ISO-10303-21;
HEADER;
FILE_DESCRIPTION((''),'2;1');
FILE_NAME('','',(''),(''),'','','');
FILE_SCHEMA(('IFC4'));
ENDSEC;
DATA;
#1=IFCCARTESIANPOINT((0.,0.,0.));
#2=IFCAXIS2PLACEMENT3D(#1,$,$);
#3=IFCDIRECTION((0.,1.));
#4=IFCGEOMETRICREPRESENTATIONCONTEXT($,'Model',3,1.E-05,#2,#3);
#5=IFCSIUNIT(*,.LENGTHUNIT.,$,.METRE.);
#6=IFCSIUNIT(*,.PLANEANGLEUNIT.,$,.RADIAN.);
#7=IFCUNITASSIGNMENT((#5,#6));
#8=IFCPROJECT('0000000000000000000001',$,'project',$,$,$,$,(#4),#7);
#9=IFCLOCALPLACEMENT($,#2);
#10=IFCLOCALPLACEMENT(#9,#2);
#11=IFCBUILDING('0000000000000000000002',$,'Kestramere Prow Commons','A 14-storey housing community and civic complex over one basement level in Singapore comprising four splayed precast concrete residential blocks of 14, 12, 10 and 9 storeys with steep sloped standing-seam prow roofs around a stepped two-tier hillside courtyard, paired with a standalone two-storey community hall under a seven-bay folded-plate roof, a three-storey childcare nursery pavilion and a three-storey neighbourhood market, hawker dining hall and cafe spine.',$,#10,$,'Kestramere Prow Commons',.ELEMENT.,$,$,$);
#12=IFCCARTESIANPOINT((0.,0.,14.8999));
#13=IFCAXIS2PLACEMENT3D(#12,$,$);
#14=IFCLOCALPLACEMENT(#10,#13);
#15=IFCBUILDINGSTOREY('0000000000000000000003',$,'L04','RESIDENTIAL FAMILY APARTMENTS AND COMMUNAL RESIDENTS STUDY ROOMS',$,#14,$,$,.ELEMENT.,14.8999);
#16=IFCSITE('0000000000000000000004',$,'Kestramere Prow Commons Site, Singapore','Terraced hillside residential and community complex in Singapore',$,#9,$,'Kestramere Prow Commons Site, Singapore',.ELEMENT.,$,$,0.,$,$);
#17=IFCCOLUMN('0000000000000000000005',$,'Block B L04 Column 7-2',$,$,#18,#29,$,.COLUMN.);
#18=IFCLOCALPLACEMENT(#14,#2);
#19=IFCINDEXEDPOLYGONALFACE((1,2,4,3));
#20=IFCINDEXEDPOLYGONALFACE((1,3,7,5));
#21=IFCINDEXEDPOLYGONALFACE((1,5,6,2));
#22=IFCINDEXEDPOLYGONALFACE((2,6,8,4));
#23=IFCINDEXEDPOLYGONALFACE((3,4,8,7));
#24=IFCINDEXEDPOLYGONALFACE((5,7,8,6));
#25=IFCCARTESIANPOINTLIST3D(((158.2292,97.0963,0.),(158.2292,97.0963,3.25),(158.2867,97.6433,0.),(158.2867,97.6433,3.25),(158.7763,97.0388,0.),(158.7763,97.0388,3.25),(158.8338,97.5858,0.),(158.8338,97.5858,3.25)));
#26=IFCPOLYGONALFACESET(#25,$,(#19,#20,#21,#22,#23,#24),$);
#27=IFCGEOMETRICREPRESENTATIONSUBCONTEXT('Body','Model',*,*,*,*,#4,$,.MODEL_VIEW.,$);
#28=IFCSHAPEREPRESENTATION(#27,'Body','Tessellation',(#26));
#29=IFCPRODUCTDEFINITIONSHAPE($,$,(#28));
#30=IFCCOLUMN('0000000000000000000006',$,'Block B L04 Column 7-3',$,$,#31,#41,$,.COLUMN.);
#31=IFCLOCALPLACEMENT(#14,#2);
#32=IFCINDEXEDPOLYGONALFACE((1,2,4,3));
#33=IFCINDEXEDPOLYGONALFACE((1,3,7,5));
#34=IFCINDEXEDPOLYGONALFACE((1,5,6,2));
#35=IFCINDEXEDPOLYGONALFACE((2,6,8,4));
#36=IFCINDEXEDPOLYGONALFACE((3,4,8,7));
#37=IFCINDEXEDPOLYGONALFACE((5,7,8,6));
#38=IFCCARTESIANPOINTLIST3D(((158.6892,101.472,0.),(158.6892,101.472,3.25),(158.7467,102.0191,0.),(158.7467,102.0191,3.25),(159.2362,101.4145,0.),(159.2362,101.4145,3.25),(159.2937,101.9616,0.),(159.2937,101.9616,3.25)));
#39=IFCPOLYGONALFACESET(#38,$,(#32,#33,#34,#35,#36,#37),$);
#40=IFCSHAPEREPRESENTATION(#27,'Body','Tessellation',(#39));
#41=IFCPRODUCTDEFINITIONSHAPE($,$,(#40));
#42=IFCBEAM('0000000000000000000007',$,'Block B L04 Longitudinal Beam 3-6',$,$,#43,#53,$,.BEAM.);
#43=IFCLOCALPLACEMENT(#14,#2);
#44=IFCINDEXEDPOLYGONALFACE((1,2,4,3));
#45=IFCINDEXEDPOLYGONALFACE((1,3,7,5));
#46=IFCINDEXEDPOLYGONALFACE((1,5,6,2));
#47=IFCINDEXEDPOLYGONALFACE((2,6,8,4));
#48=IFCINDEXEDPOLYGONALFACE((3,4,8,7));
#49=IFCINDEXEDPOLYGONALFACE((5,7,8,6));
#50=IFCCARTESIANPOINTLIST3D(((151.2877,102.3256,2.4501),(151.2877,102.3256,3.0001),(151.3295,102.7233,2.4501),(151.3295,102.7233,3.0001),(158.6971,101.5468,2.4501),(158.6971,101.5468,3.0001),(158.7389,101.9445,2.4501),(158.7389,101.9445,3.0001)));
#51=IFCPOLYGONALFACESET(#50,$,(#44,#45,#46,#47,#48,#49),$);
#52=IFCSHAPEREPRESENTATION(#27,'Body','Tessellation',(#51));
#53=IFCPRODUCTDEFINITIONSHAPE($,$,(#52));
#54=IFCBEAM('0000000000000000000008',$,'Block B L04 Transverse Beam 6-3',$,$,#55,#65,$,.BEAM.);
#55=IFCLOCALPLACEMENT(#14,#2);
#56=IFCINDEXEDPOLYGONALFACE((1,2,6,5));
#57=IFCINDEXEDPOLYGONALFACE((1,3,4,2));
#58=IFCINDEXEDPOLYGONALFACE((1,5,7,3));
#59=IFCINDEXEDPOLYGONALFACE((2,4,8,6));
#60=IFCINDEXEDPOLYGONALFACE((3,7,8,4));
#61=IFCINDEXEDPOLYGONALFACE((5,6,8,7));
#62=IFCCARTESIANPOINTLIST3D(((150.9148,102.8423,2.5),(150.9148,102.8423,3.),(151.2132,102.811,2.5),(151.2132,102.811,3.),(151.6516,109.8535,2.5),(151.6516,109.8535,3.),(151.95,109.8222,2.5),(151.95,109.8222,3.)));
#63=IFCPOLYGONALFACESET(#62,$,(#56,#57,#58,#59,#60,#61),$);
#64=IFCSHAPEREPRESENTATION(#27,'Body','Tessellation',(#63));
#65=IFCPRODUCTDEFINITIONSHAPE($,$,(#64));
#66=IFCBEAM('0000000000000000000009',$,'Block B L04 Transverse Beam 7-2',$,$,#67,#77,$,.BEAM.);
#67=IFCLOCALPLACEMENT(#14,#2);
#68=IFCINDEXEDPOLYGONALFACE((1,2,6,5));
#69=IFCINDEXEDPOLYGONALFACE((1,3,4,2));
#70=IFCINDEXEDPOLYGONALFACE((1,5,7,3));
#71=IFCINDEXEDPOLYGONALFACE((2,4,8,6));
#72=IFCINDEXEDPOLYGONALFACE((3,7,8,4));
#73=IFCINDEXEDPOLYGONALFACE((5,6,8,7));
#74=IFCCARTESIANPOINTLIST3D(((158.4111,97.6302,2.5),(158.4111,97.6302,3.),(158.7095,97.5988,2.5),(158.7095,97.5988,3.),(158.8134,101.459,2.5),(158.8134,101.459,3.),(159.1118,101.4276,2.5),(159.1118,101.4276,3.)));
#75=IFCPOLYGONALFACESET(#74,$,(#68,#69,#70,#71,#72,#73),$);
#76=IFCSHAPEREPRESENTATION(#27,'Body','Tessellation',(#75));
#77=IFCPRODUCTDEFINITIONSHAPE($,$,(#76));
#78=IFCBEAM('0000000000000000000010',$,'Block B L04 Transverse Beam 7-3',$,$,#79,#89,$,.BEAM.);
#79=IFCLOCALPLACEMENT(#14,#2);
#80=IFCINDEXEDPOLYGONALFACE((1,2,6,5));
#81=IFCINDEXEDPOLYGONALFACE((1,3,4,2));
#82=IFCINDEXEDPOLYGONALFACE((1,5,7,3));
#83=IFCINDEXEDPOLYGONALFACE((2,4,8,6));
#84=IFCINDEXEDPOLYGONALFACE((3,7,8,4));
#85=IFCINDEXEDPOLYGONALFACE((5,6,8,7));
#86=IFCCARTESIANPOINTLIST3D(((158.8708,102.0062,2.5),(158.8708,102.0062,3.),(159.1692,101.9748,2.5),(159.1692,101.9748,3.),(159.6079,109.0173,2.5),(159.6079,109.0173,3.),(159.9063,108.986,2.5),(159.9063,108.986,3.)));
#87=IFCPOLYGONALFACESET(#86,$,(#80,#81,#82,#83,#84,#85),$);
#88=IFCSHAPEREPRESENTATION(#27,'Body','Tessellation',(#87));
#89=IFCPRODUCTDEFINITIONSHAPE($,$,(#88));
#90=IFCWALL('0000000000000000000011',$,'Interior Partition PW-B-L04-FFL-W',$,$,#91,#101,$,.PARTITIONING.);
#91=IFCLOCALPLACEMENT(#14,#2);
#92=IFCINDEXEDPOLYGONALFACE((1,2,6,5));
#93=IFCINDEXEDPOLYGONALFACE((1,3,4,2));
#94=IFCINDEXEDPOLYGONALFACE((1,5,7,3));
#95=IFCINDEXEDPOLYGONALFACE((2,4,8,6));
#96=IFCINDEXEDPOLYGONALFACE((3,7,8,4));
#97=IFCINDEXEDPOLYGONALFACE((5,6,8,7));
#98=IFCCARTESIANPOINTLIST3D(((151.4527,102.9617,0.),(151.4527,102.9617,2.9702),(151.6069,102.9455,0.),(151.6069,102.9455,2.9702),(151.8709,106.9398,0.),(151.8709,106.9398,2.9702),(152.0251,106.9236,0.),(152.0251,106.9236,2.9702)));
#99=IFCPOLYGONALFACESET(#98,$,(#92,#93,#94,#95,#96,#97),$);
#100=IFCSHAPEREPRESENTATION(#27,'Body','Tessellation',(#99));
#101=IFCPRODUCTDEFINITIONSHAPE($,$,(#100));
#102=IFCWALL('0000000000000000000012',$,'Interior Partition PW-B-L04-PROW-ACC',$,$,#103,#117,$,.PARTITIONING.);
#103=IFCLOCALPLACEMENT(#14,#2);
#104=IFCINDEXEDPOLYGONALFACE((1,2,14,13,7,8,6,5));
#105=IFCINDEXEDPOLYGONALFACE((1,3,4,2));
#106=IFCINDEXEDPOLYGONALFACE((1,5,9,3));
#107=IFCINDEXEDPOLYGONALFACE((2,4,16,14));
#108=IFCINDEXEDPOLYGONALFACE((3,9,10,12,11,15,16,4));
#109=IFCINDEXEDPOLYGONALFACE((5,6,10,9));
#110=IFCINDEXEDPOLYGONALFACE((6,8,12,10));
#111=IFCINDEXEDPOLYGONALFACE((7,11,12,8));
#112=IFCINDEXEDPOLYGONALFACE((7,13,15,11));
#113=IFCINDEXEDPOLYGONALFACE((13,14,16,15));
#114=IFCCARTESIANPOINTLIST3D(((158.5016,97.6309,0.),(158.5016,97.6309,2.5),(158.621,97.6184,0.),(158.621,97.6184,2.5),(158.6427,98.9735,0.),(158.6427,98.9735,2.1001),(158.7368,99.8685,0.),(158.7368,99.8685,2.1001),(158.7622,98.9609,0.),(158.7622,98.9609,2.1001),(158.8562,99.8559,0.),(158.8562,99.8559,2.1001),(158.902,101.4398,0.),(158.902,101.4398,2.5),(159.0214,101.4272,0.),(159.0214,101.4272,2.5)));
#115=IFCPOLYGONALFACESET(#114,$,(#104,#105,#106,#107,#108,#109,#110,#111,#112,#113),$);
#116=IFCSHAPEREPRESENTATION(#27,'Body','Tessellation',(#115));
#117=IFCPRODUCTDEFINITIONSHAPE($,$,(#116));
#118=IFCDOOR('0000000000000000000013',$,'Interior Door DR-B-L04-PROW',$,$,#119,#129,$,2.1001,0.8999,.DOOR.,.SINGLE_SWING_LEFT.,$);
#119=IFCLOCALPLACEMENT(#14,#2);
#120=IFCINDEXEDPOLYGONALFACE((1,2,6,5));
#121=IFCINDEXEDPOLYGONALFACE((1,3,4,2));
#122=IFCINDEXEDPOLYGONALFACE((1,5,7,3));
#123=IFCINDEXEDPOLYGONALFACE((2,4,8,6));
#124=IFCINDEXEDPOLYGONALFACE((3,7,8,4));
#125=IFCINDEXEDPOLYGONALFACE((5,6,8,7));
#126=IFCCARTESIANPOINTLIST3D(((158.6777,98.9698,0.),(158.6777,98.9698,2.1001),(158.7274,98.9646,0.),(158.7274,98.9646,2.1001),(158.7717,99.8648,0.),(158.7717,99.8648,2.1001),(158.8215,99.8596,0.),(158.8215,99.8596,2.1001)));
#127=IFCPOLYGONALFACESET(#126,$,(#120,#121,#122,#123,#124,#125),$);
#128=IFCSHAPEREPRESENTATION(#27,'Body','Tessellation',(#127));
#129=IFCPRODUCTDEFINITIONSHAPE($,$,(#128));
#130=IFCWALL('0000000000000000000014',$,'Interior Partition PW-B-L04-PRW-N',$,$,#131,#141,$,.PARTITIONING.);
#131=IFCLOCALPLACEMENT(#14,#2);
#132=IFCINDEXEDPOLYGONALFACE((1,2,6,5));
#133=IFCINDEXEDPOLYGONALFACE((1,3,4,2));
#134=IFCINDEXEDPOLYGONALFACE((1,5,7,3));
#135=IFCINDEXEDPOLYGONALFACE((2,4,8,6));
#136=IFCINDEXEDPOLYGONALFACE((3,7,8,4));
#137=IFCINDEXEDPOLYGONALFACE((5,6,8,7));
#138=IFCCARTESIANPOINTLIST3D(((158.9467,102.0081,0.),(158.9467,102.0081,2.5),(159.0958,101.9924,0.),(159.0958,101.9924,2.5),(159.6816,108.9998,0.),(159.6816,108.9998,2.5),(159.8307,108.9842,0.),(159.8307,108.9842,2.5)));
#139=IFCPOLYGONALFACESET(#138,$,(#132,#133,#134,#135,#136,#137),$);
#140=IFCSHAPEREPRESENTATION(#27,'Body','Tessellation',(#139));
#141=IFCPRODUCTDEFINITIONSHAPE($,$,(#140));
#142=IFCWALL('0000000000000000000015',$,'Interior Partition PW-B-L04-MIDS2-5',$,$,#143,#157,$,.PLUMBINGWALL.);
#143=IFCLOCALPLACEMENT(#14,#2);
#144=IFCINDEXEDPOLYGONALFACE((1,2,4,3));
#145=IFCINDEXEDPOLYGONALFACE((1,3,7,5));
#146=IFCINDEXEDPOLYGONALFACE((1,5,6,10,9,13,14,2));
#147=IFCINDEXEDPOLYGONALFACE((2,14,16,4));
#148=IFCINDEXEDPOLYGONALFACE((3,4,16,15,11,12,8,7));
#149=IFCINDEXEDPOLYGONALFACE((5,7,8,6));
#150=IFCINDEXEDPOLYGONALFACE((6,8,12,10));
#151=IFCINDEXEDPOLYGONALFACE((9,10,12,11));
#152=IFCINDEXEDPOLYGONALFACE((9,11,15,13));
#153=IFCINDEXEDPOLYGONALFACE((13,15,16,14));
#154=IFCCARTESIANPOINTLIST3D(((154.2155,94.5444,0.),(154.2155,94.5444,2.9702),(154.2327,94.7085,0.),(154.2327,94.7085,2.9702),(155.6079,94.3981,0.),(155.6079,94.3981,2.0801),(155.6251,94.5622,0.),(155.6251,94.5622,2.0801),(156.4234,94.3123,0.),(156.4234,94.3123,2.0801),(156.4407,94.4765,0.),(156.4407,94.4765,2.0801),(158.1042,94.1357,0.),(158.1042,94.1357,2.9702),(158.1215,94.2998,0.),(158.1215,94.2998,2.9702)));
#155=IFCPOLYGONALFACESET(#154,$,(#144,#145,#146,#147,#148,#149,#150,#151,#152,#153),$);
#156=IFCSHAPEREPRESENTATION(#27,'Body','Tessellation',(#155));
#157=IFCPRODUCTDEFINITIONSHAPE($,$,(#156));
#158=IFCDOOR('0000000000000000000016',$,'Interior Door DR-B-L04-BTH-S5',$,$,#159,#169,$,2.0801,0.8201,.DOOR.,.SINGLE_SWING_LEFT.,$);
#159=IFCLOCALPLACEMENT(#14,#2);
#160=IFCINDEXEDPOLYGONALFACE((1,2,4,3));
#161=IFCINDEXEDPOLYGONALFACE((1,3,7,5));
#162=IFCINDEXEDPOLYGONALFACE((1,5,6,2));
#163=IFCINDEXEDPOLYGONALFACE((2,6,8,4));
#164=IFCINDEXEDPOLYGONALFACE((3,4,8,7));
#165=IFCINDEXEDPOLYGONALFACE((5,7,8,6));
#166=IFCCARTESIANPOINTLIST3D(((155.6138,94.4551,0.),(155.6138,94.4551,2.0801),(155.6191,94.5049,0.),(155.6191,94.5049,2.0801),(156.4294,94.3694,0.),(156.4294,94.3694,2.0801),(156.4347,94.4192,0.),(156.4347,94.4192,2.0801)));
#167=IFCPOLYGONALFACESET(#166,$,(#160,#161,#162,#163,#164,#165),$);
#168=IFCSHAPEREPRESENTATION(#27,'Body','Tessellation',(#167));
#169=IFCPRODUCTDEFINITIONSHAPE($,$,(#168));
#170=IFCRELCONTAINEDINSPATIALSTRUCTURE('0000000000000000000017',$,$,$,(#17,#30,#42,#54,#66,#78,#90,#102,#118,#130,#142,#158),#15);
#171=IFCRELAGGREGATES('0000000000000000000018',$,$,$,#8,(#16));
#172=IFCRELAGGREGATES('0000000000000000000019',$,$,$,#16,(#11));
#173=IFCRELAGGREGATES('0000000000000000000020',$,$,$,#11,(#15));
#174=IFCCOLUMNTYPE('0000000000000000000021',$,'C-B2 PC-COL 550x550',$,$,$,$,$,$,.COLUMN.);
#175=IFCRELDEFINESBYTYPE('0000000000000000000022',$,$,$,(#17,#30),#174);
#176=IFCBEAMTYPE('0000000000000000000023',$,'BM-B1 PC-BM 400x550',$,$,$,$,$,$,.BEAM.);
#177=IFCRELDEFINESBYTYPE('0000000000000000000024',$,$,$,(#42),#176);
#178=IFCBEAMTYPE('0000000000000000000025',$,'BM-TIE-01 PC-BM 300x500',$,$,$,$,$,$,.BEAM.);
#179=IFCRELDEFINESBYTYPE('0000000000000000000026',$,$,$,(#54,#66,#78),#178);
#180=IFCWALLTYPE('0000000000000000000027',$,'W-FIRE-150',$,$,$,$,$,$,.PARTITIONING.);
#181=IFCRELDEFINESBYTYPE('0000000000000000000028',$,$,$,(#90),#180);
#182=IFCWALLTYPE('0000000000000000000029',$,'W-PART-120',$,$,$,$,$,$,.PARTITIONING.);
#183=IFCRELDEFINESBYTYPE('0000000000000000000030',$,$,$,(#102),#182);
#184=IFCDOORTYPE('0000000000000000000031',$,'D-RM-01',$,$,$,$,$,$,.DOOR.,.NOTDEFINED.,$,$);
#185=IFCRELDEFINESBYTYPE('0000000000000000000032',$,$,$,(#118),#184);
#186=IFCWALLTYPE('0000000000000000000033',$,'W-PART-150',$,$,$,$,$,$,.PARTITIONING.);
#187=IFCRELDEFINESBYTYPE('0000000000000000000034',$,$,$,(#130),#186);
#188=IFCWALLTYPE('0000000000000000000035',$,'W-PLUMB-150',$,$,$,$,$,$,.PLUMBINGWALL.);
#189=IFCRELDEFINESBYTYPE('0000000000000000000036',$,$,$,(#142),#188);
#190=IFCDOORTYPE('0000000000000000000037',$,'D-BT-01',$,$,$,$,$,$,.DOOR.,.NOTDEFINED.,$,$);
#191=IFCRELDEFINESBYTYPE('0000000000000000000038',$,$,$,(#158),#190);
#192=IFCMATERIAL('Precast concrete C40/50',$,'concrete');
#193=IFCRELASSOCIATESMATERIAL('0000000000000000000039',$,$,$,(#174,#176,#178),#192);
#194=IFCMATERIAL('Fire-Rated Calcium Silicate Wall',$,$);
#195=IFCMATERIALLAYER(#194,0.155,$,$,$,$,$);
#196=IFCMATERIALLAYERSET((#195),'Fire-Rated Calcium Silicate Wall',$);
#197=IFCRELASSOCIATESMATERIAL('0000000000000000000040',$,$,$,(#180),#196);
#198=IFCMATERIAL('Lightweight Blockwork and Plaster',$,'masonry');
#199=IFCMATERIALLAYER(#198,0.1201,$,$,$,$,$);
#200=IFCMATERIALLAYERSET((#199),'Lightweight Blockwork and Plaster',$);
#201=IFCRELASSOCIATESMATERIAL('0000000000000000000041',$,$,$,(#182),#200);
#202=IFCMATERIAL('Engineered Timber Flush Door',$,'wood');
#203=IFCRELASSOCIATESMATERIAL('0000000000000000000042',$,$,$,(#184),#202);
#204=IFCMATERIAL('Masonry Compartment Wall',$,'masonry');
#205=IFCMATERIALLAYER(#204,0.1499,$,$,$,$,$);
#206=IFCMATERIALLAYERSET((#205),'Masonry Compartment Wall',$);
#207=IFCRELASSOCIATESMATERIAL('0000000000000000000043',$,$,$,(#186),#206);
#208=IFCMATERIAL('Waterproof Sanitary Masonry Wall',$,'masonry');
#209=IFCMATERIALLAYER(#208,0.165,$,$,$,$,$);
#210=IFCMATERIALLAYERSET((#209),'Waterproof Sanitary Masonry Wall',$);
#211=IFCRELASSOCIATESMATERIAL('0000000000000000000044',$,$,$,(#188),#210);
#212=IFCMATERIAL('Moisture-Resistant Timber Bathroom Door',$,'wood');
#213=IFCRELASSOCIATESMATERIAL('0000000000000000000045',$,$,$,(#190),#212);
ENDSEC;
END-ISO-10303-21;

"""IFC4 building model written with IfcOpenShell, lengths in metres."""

from ifc_helpers import new_model, si_unit, direction, frame, frame_2d, origin, origin_2d, place, context, subcontext, project, spatial, rectangle, extrude, material, layer, layer_set, material_profile, profile_set, type_object, element, fill, save


model = new_model("IFC4")

# Units and contexts
model_context = context("Model", 3, precision=1e-05, world=origin(), true_north=direction((0.0, 1.0)))
body_context = subcontext(model_context, "Body", "Model", "MODEL_VIEW")
ifc_project = project(units=[si_unit("LENGTHUNIT", "METRE"), si_unit("PLANEANGLEUNIT", "RADIAN")], contexts=[model_context])

# Site, building, storey
site_placement = place(None, origin())
site = spatial("IfcSite", under=ifc_project, at=site_placement, Name="Kestramere Prow Commons Site, Singapore", Description="Terraced hillside residential and community complex in Singapore", LongName="Kestramere Prow Commons Site, Singapore", CompositionType="ELEMENT", RefElevation=0.0)
building_placement = place(site_placement, origin())
building = spatial("IfcBuilding", under=site, at=building_placement, Name="Kestramere Prow Commons", Description="A 14-storey housing community and civic complex over one basement level in Singapore comprising four splayed precast concrete residential blocks of 14, 12, 10 and 9 storeys with steep sloped standing-seam prow roofs around a stepped two-tier hillside courtyard, paired with a standalone two-storey community hall under a seven-bay folded-plate roof, a three-storey childcare nursery pavilion and a three-storey neighbourhood market, hawker dining hall and cafe spine.", LongName="Kestramere Prow Commons", CompositionType="ELEMENT")
storey_placement = place(building_placement, frame((0.0, 0.0, 14.8999)))
storey = spatial("IfcBuildingStorey", under=building, at=storey_placement, Name="L04", Description="RESIDENTIAL FAMILY APARTMENTS AND COMMUNAL RESIDENTS STUDY ROOMS", CompositionType="ELEMENT", Elevation=14.8999)

# Columns
ifc_material_1 = material(Name="Precast concrete C40/50", Category="concrete")
ifc_material_profile_1 = material_profile(ifc_material_1, rectangle(XDim=0.55, YDim=0.55, at=origin_2d()), Name="PC-COL 550x550")
ifc_profile_set_1 = profile_set([ifc_material_profile_1], Name="Precast concrete C40/50")
column_type = type_object("IfcColumnType", Name="C-B2 PC-COL 550x550", PredefinedType="COLUMN", material=ifc_profile_set_1)
for number, where, z_axis, x_axis, name in (
    (1, (158.5315, 97.3411, 0.0), (0.0, 0.0, 1.0), (0.994522, -0.104528, 0.0), "Block B L04 Column 7-2"),
    (2, (158.9915, 101.7168, 0.0), (0.0, 0.0, 1.0), (0.994522, -0.104528, 0.0), "Block B L04 Column 7-3"),
):
    element("IfcColumn", number, at=place(storey_placement, frame(where, z_axis=z_axis, x_axis=x_axis)), inside=storey, type_object=column_type, Name=name, PredefinedType="COLUMN", context=body_context, shape_type="SweptSolid", body=[
        extrude(rectangle(XDim=0.55, YDim=0.55, at=origin_2d()), origin(), (0.0, 0.0, 1.0), 3.25),
    ])

# Beams
ifc_material_profile_2 = material_profile(ifc_material_1, rectangle(XDim=0.3999, YDim=0.55, at=origin_2d()), Name="PC-BM 400x550")
ifc_profile_set_2 = profile_set([ifc_material_profile_2], Name="Precast concrete C40/50")
beam_type_1 = type_object("IfcBeamType", Name="BM-B1 PC-BM 400x550", PredefinedType="BEAM", material=ifc_profile_set_2)
beam_1_placement = place(storey_placement, frame((151.3086, 102.5244, 2.7251), z_axis=(0.994521, -0.104535, 0.0), x_axis=(0.104535, 0.994521, 0.0)))
element("IfcBeam", 3, at=beam_1_placement, inside=storey, type_object=beam_type_1, Name="Block B L04 Longitudinal Beam 3-6", PredefinedType="BEAM", context=body_context, shape_type="SweptSolid", body=[
    extrude(rectangle(XDim=0.3999, YDim=0.55, at=origin_2d()), origin(), (0.0, 0.0, 1.0), 7.4502),
])
ifc_material_profile_3 = material_profile(ifc_material_1, rectangle(XDim=0.3, YDim=0.5, at=origin_2d()), Name="PC-BM 300x500")
ifc_profile_set_3 = profile_set([ifc_material_profile_3], Name="Precast concrete C40/50")
beam_type_2 = type_object("IfcBeamType", Name="BM-TIE-01 PC-BM 300x500", PredefinedType="BEAM", material=ifc_profile_set_3)
beam_2_placement = place(storey_placement, frame((151.064, 102.8267, 2.75), z_axis=(0.104515, 0.994523, 0.0), x_axis=(-0.994523, 0.104515, 0.0)))
element("IfcBeam", 4, at=beam_2_placement, inside=storey, type_object=beam_type_2, Name="Block B L04 Transverse Beam 6-3", PredefinedType="BEAM", context=body_context, shape_type="SweptSolid", body=[
    extrude(rectangle(XDim=0.3, YDim=0.5, at=origin_2d()), origin(), (0.0, 0.0, 1.0), 7.0498),
])
beam_3_placement = place(storey_placement, frame((158.5603, 97.6145, 2.75), z_axis=(0.104507, 0.994524, 0.0), x_axis=(-0.994524, 0.104507, 0.0)))
element("IfcBeam", 5, at=beam_3_placement, inside=storey, type_object=beam_type_2, Name="Block B L04 Transverse Beam 7-2", PredefinedType="BEAM", context=body_context, shape_type="SweptSolid", body=[
    extrude(rectangle(XDim=0.3, YDim=0.5, at=origin_2d()), origin(), (0.0, 0.0, 1.0), 3.8499),
])
beam_4_placement = place(storey_placement, frame((159.02, 101.9905, 2.75), z_axis=(0.10455, 0.99452, 0.0), x_axis=(-0.99452, 0.10455, 0.0)))
element("IfcBeam", 6, at=beam_4_placement, inside=storey, type_object=beam_type_2, Name="Block B L04 Transverse Beam 7-3", PredefinedType="BEAM", context=body_context, shape_type="SweptSolid", body=[
    extrude(rectangle(XDim=0.3, YDim=0.5, at=origin_2d()), origin(), (0.0, 0.0, 1.0), 7.0498),
])

# Shared definitions
ifc_material_2 = material(Name="Fire-Rated Calcium Silicate Wall")
ifc_layer_1 = layer(ifc_material_2, 0.155)
ifc_layer_set_1 = layer_set([ifc_layer_1], Name="Fire-Rated Calcium Silicate Wall")
wall_type_1 = type_object("IfcWallType", Name="W-FIRE-150", PredefinedType="PARTITIONING", material=ifc_layer_set_1)

# Wall
wall_1_placement = place(storey_placement, frame((151.5298, 102.9536, 0.0), z_axis=(0.0, 0.0, 1.0), x_axis=(0.104555, 0.994519, 0.0)))
element("IfcWall", 7, at=wall_1_placement, inside=storey, type_object=wall_type_1, Name="Interior Partition PW-B-L04-FFL-W", PredefinedType="PARTITIONING", context=body_context, shape_type="SweptSolid", body=[
    extrude(rectangle(XDim=4.0, YDim=0.155, at=frame_2d((2.0, 0.0))), origin(), (0.0, 0.0, 1.0), 2.9702),
])

# Wall, opening, door
ifc_material_3 = material(Name="Lightweight Blockwork and Plaster", Category="masonry")
ifc_layer_2 = layer(ifc_material_3, 0.1201)
ifc_layer_set_2 = layer_set([ifc_layer_2], Name="Lightweight Blockwork and Plaster")
wall_type_2 = type_object("IfcWallType", Name="W-PART-120", PredefinedType="PARTITIONING", material=ifc_layer_set_2)
wall_2_placement = place(storey_placement, frame((158.5613, 97.6245, 0.0), z_axis=(0.0, 0.0, 1.0), x_axis=(0.104545, 0.99452, 0.0)))
wall_2 = element("IfcWall", 8, at=wall_2_placement, inside=storey, type_object=wall_type_2, Name="Interior Partition PW-B-L04-PROW-ACC", PredefinedType="PARTITIONING", context=body_context, shape_type="SweptSolid", body=[
    extrude(rectangle(XDim=3.8298, YDim=0.1201, at=frame_2d((1.915, 0.0))), origin(), (0.0, 0.0, 1.0), 2.5),
])
opening_1_placement = place(wall_2_placement, frame((1.3501, 0.0, 0.0)))
opening_1 = element("IfcOpeningElement", 9, at=opening_1_placement, cuts=wall_2, PredefinedType="OPENING", context=body_context, shape_type="SweptSolid", body=[
    extrude(rectangle(XDim=0.8999, YDim=2.1001, at=frame_2d((0.45, 1.05))), frame((0.0, 0.075, 0.0), z_axis=(0.0, -1.0, 0.0), x_axis=(1.0, 0.0, 0.0)), (0.0, 0.0, 1.0), 0.1501),
])
ifc_material_4 = material(Name="Engineered Timber Flush Door", Category="wood")
door_type_1 = type_object("IfcDoorType", Name="D-RM-01", OperationType="NOTDEFINED", PredefinedType="DOOR", material=ifc_material_4)
door_1_placement = place(opening_1_placement, origin())
door_1 = element("IfcDoor", 10, at=door_1_placement, inside=storey, type_object=door_type_1, Name="Interior Door DR-B-L04-PROW", OperationType="SINGLE_SWING_LEFT", OverallHeight=2.1001, OverallWidth=0.8999, PredefinedType="DOOR", context=body_context, shape_type="SweptSolid", body=[
    extrude(rectangle(XDim=0.8999, YDim=2.1001, at=frame_2d((0.45, 1.05))), frame((0.0, 0.0249, 0.0), z_axis=(0.0, -1.0, 0.0), x_axis=(1.0, 0.0, 0.0)), (0.0, 0.0, 1.0), 0.05),
])
fill(opening_1, door_1)

# Wall
ifc_material_5 = material(Name="Masonry Compartment Wall", Category="masonry")
ifc_layer_3 = layer(ifc_material_5, 0.1499)
ifc_layer_set_3 = layer_set([ifc_layer_3], Name="Masonry Compartment Wall")
wall_type_3 = type_object("IfcWallType", Name="W-PART-150", PredefinedType="PARTITIONING", material=ifc_layer_set_3)
wall_3_placement = place(storey_placement, frame((159.0212, 102.0002, 0.0), z_axis=(0.0, 0.0, 1.0), x_axis=(0.104529, 0.994522, 0.0)))
element("IfcWall", 11, at=wall_3_placement, inside=storey, type_object=wall_type_3, Name="Interior Partition PW-B-L04-PRW-N", PredefinedType="PARTITIONING", context=body_context, shape_type="SweptSolid", body=[
    extrude(rectangle(XDim=7.0303, YDim=0.1499, at=frame_2d((3.5151, 0.0))), origin(), (0.0, 0.0, 1.0), 2.5),
])

# Wall, opening, door
ifc_material_6 = material(Name="Waterproof Sanitary Masonry Wall", Category="masonry")
ifc_layer_4 = layer(ifc_material_6, 0.165)
ifc_layer_set_4 = layer_set([ifc_layer_4], Name="Waterproof Sanitary Masonry Wall")
wall_type_4 = type_object("IfcWallType", Name="W-PLUMB-150", PredefinedType="PLUMBINGWALL", material=ifc_layer_set_4)
wall_4_placement = place(storey_placement, frame((154.2241, 94.6265, 0.0), z_axis=(0.0, 0.0, 1.0), x_axis=(0.994523, -0.104522, 0.0)))
wall_4 = element("IfcWall", 12, at=wall_4_placement, inside=storey, type_object=wall_type_4, Name="Interior Partition PW-B-L04-MIDS2-5", PredefinedType="PLUMBINGWALL", context=body_context, shape_type="SweptSolid", body=[
    extrude(rectangle(XDim=3.9102, YDim=0.165, at=frame_2d((1.9551, 0.0))), origin(), (0.0, 0.0, 1.0), 2.9702),
])
opening_2_placement = place(wall_4_placement, frame((1.3999, 0.0, 0.0)))
opening_2 = element("IfcOpeningElement", 13, at=opening_2_placement, cuts=wall_4, PredefinedType="OPENING", context=body_context, shape_type="SweptSolid", body=[
    extrude(rectangle(XDim=0.8201, YDim=2.0801, at=frame_2d((0.4102, 1.04))), frame((0.0, 0.0974, 0.0), z_axis=(0.0, -1.0, 0.0), x_axis=(1.0, 0.0, 0.0)), (0.0, 0.0, 1.0), 0.1951),
])
ifc_material_7 = material(Name="Moisture-Resistant Timber Bathroom Door", Category="wood")
door_type_2 = type_object("IfcDoorType", Name="D-BT-01", OperationType="NOTDEFINED", PredefinedType="DOOR", material=ifc_material_7)
door_2_placement = place(opening_2_placement, origin())
door_2 = element("IfcDoor", 14, at=door_2_placement, inside=storey, type_object=door_type_2, Name="Interior Door DR-B-L04-BTH-S5", OperationType="SINGLE_SWING_LEFT", OverallHeight=2.0801, OverallWidth=0.8201, PredefinedType="DOOR", context=body_context, shape_type="SweptSolid", body=[
    extrude(rectangle(XDim=0.8201, YDim=2.0801, at=frame_2d((0.4102, 1.04))), frame((0.0, 0.0249, 0.0), z_axis=(0.0, -1.0, 0.0), x_axis=(1.0, 0.0, 0.0)), (0.0, 0.0, 1.0), 0.05),
])
fill(opening_2, door_2)

save(model, "model.ifc")
